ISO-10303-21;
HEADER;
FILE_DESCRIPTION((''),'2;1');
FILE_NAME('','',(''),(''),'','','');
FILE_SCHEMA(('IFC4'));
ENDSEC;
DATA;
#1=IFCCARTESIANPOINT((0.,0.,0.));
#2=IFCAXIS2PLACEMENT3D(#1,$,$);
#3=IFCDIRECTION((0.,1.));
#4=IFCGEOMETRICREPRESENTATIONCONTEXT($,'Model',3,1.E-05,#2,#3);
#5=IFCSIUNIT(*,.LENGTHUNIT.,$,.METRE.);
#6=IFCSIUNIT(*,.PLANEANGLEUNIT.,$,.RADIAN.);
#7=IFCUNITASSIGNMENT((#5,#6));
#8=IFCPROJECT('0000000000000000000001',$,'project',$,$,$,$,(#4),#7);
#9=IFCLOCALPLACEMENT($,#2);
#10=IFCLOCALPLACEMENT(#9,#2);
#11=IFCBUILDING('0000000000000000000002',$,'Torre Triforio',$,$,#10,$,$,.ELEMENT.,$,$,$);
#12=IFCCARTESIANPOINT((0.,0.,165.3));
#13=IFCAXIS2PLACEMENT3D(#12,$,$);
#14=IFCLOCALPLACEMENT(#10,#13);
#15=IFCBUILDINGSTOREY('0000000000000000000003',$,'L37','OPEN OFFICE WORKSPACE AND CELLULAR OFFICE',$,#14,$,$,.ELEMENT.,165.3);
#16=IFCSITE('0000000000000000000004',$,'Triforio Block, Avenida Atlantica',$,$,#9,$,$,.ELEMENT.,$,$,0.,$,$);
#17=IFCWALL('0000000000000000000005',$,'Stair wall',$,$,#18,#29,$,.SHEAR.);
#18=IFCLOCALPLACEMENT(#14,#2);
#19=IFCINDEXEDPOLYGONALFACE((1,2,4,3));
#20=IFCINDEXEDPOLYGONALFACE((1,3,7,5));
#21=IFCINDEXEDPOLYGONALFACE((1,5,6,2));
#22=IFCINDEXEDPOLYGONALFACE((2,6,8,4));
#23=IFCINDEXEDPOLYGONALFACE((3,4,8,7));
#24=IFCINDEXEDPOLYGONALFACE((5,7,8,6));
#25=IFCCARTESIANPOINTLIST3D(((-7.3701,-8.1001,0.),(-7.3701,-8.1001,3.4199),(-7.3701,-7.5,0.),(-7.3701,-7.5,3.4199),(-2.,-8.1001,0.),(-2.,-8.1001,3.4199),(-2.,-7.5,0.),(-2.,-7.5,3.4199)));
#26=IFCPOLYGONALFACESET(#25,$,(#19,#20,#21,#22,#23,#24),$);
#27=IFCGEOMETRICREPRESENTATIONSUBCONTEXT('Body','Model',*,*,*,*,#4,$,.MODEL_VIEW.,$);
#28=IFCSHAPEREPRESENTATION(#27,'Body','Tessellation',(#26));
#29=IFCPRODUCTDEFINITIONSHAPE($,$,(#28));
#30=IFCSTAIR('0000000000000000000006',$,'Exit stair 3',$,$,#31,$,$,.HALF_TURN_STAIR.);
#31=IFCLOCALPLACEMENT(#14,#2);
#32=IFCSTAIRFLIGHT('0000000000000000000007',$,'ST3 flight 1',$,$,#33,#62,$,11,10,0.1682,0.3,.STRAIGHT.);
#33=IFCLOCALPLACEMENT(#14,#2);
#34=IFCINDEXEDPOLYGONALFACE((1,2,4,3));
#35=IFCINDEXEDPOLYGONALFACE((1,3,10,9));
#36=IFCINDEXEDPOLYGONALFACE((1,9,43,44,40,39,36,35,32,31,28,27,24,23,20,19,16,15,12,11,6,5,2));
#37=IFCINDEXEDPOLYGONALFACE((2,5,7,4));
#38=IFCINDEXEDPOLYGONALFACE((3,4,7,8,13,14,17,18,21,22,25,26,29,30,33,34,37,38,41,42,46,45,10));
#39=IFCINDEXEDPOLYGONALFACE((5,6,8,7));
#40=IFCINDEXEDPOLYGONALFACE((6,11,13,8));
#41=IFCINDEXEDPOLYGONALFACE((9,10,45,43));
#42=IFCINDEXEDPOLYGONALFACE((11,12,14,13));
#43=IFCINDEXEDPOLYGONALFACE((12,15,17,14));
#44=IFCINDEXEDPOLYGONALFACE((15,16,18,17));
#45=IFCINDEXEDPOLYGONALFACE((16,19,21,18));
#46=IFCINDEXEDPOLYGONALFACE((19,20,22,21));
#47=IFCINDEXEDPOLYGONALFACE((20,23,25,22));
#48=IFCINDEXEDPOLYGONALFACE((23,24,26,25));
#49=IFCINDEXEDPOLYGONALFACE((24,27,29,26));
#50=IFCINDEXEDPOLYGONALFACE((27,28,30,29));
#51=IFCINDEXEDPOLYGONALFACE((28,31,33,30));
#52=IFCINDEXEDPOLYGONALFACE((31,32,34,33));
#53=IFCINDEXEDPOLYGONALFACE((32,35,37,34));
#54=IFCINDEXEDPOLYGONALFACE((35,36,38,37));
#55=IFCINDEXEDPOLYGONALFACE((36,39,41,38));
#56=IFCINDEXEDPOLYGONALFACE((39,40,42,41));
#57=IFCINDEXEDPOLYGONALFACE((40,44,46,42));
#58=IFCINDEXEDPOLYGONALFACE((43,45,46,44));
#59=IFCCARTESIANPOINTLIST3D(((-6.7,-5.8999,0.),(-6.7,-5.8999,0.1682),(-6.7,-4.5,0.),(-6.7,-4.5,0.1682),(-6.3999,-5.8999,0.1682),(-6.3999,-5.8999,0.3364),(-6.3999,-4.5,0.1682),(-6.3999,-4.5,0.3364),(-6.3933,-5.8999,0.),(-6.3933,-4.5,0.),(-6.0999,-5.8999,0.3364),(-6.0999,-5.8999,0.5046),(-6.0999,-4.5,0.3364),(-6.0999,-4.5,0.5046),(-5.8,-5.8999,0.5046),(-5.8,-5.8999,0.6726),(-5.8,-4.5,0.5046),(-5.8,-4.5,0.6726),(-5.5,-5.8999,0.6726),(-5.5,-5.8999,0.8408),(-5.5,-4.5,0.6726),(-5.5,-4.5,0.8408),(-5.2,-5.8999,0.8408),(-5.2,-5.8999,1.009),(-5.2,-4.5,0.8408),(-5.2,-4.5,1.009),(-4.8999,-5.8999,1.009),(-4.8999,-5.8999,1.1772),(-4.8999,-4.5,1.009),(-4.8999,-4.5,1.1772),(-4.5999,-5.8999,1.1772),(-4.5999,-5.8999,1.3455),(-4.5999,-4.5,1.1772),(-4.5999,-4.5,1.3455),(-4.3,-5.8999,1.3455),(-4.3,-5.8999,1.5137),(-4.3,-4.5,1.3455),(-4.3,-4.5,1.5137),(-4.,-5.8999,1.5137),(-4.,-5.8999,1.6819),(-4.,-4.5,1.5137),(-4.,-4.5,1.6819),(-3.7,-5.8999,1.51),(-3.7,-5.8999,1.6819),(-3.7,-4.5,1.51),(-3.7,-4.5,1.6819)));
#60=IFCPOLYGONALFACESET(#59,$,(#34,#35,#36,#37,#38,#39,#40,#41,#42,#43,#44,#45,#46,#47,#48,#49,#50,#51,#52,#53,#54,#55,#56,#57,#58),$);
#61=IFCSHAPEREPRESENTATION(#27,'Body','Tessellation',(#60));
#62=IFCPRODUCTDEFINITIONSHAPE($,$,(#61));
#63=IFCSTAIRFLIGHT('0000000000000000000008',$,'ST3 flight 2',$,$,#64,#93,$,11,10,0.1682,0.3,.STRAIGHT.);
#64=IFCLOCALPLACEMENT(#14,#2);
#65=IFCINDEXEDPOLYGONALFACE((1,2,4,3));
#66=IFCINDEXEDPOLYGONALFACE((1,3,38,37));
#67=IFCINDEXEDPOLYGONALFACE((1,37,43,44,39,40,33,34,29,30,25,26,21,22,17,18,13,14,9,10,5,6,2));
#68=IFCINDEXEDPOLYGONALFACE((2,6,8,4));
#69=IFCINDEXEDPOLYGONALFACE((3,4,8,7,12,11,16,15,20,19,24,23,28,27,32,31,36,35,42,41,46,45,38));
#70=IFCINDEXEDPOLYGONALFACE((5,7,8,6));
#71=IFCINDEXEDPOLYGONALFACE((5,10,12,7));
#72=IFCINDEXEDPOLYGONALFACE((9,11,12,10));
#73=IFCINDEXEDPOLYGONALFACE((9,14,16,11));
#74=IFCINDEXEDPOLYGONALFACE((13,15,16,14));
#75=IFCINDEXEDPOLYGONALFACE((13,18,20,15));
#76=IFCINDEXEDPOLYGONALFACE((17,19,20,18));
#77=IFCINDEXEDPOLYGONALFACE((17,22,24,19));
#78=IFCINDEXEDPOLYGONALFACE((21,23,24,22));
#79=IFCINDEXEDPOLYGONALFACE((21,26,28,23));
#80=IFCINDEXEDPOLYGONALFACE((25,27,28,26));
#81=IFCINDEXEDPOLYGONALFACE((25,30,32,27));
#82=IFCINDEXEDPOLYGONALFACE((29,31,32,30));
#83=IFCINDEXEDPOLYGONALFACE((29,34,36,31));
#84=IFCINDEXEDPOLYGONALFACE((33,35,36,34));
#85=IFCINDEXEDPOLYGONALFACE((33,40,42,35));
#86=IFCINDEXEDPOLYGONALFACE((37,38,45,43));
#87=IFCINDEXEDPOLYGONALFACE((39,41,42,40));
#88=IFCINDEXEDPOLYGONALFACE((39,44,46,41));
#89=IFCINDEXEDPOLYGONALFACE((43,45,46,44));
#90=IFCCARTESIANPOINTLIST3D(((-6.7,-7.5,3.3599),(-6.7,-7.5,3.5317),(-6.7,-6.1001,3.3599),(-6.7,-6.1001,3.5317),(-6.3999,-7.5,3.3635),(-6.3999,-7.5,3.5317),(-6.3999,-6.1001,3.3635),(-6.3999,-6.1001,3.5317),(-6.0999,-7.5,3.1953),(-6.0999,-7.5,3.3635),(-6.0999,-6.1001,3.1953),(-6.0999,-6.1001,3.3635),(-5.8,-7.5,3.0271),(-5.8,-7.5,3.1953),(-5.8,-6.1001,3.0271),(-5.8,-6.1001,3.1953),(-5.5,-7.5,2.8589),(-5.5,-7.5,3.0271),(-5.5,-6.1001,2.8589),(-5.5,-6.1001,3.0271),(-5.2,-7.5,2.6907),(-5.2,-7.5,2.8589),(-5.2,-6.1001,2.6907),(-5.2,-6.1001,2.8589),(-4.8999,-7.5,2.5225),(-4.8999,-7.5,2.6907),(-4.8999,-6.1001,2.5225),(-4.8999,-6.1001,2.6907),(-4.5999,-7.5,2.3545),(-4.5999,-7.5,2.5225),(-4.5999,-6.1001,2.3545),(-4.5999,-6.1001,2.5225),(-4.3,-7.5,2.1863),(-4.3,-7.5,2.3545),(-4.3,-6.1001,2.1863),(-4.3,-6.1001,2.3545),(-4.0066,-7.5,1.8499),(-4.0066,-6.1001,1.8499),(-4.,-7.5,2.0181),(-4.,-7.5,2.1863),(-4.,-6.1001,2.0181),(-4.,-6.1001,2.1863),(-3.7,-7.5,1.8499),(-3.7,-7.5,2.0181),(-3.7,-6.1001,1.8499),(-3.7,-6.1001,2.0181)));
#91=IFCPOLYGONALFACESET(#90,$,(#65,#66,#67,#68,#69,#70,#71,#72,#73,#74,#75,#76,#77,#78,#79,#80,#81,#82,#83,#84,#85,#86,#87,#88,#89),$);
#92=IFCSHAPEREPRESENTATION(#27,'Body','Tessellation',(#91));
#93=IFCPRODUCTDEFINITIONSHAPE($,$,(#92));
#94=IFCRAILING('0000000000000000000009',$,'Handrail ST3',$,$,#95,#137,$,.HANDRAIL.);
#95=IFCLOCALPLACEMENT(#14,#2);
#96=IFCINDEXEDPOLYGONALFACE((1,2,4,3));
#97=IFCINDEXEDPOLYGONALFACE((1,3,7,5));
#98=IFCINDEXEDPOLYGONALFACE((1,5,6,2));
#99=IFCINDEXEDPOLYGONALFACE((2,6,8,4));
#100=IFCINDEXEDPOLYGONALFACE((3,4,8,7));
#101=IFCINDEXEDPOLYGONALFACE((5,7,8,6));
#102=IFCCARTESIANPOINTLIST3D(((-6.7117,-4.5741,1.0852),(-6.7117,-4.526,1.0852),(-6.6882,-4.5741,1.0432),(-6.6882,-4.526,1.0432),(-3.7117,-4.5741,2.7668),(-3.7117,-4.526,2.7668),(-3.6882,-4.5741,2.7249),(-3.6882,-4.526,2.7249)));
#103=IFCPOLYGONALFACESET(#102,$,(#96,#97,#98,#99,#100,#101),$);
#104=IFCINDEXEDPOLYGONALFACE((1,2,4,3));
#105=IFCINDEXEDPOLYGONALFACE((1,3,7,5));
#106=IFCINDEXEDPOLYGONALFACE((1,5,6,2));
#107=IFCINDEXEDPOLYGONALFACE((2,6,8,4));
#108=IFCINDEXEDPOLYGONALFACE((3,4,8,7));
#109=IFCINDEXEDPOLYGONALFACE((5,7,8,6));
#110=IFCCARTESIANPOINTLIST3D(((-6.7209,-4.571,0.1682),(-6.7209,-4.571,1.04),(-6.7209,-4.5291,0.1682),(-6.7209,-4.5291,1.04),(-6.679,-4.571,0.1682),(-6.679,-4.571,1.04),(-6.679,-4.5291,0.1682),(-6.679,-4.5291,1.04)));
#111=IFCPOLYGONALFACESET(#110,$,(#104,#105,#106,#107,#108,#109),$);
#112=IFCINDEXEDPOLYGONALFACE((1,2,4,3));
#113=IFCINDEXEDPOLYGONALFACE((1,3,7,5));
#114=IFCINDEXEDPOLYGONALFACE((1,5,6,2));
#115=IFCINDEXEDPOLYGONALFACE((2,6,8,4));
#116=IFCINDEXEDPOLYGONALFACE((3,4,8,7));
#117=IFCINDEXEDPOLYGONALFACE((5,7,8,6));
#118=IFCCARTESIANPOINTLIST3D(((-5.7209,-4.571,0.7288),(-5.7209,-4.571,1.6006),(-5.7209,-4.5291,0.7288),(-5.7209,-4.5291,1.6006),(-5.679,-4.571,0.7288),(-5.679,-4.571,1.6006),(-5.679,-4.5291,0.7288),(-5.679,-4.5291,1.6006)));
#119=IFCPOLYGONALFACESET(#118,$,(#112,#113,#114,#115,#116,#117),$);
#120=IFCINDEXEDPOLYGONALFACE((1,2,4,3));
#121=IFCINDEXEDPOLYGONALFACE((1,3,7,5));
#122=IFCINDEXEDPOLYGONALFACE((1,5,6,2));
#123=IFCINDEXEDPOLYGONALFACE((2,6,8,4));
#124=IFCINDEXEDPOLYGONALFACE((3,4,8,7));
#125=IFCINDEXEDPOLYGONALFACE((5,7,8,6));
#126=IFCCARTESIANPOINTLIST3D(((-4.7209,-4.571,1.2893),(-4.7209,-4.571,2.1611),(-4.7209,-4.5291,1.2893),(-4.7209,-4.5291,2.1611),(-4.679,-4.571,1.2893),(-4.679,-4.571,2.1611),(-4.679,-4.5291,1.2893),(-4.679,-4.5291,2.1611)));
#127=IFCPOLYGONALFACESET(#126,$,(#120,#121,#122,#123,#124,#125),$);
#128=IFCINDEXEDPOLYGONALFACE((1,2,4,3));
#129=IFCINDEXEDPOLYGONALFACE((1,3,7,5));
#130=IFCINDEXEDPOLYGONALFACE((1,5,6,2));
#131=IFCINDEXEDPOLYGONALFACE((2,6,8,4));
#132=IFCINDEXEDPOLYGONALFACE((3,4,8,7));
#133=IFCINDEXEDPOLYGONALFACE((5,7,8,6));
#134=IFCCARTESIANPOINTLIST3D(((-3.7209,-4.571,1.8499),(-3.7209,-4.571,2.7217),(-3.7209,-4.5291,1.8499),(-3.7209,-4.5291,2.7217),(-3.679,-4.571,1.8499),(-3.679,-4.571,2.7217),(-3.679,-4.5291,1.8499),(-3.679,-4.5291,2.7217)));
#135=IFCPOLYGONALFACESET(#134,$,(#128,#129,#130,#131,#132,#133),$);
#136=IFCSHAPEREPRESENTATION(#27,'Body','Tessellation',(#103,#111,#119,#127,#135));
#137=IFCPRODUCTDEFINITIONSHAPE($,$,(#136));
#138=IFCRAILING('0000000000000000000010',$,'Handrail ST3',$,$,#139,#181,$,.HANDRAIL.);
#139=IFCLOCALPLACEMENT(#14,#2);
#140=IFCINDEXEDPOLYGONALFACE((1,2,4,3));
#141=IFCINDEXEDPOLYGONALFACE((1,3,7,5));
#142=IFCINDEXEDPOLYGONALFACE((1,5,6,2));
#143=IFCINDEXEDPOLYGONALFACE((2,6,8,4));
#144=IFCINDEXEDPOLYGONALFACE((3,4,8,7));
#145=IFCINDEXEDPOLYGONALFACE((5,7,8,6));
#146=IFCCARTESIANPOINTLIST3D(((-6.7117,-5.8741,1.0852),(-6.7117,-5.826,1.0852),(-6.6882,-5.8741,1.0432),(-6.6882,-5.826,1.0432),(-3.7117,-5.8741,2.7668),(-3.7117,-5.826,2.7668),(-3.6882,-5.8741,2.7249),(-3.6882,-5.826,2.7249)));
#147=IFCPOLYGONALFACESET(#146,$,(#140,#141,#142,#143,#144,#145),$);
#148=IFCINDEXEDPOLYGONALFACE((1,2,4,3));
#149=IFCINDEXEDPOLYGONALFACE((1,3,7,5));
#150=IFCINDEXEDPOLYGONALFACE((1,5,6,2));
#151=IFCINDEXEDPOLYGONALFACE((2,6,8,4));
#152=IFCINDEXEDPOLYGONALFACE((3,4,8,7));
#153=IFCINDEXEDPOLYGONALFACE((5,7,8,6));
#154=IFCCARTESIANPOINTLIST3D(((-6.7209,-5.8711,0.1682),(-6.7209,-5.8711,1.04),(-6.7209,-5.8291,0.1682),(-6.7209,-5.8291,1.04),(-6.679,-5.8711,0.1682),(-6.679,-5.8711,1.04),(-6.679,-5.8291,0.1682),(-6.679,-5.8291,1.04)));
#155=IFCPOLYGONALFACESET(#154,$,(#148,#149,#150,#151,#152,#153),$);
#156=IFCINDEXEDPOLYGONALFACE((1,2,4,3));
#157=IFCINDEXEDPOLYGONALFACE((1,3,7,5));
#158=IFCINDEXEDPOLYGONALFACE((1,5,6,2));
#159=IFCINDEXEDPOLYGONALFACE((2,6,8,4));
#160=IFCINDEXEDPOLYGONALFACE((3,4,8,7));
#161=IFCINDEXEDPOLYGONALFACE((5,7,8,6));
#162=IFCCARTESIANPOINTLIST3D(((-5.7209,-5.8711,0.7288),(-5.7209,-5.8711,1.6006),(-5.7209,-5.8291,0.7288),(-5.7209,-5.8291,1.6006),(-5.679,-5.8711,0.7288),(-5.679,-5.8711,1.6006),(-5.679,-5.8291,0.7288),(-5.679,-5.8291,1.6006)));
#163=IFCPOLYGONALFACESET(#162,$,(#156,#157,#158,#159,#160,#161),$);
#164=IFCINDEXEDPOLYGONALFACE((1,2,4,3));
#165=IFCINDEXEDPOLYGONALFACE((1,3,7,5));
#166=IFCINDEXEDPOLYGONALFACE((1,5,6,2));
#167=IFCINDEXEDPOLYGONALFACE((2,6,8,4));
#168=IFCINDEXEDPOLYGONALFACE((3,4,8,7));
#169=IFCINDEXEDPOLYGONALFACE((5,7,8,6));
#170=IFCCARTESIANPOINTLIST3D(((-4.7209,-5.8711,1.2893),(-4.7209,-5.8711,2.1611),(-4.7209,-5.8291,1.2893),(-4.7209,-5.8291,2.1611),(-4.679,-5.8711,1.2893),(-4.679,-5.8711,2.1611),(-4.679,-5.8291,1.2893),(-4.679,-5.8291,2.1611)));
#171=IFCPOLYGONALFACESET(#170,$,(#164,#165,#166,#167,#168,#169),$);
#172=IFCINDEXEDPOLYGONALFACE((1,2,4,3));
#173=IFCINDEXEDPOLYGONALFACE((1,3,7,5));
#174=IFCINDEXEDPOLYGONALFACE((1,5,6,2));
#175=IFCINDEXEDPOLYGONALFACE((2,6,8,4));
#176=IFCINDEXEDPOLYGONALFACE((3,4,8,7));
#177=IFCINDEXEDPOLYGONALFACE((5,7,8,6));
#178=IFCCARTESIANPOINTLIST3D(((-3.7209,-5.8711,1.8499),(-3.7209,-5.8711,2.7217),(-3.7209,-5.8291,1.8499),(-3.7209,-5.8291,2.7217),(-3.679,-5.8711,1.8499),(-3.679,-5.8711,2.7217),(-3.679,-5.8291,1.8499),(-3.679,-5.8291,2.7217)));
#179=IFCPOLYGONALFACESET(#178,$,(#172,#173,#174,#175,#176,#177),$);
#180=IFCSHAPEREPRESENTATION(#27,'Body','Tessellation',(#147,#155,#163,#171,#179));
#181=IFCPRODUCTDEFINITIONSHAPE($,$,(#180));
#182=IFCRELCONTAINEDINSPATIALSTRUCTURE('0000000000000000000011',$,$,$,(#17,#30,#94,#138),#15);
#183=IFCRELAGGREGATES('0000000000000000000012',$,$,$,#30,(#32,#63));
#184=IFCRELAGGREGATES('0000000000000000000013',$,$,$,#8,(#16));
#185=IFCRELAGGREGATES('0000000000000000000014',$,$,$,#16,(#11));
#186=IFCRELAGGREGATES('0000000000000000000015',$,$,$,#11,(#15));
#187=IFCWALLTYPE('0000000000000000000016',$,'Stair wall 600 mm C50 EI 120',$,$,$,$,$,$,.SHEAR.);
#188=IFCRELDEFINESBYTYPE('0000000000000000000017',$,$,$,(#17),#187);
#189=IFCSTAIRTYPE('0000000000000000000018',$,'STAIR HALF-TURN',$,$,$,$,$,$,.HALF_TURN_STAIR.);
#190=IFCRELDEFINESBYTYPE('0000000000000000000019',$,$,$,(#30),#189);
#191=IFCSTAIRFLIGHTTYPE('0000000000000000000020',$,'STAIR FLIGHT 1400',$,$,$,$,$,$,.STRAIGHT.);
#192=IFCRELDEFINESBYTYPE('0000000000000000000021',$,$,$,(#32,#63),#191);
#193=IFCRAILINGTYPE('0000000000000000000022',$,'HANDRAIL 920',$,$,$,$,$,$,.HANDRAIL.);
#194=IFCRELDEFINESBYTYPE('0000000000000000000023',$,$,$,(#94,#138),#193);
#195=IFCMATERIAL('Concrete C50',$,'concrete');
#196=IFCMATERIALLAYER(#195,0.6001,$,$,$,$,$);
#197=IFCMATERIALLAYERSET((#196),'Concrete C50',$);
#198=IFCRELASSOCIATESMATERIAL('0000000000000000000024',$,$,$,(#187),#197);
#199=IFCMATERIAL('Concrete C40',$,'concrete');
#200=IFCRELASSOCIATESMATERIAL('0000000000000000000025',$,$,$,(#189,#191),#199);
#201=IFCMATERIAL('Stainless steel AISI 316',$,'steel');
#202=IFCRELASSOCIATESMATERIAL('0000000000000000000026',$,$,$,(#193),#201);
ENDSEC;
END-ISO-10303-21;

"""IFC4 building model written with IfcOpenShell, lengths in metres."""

from ifc_helpers import new_model, si_unit, direction, frame, frame_2d, origin, origin_2d, place, context, subcontext, project, spatial, polyline, rectangle, outline, extrude, material, layer, layer_set, type_object, element, aggregate, save


model = new_model("IFC4")

# Units and contexts
model_context = context("Model", 3, precision=1e-05, world=origin(), true_north=direction((0.0, 1.0)))
body_context = subcontext(model_context, "Body", "Model", "MODEL_VIEW")
ifc_project = project(units=[si_unit("LENGTHUNIT", "METRE"), si_unit("PLANEANGLEUNIT", "RADIAN")], contexts=[model_context])

# Site, building, storey
site_placement = place(None, origin())
site = spatial("IfcSite", under=ifc_project, at=site_placement, Name="Triforio Block, Avenida Atlantica", CompositionType="ELEMENT", RefElevation=0.0)
building_placement = place(site_placement, origin())
building = spatial("IfcBuilding", under=site, at=building_placement, Name="Torre Triforio", CompositionType="ELEMENT")
storey_placement = place(building_placement, frame((0.0, 0.0, 165.3)))
storey = spatial("IfcBuildingStorey", under=building, at=storey_placement, Name="L37", Description="OPEN OFFICE WORKSPACE AND CELLULAR OFFICE", CompositionType="ELEMENT", Elevation=165.3)

# Shared definitions
ifc_material_1 = material(Name="Concrete C40", Category="concrete")

# Shared definitions
ifc_material_2 = material(Name="Concrete C50", Category="concrete")

# Wall
ifc_layer_1 = layer(ifc_material_2, 0.6001)
ifc_layer_set_1 = layer_set([ifc_layer_1], Name="Concrete C50")
wall_type_1 = type_object("IfcWallType", Name="Stair wall 600 mm C50 EI 120", PredefinedType="SHEAR", material=ifc_layer_set_1)
wall_1_placement = place(storey_placement, frame((-7.3701, -7.8, 0.0), z_axis=(0.0, 0.0, 1.0), x_axis=(1.0, 0.0, 0.0)))
element("IfcWall", 1, at=wall_1_placement, inside=storey, type_object=wall_type_1, Name="Stair wall", PredefinedType="SHEAR", context=body_context, shape_type="SweptSolid", body=[
    extrude(rectangle(XDim=5.3701, YDim=0.6001, at=frame_2d((2.6851, 0.0))), origin(), (0.0, 0.0, 1.0), 3.4199),
])

# Stair, stair flights
stair_type = type_object("IfcStairType", Name="STAIR HALF-TURN", PredefinedType="HALF_TURN_STAIR", material=ifc_material_1)
stair_placement = place(storey_placement, origin())
stair = element("IfcStair", 2, at=stair_placement, inside=storey, type_object=stair_type, Name="Exit stair 3", PredefinedType="HALF_TURN_STAIR")
stair_flight_type = type_object("IfcStairFlightType", Name="STAIR FLIGHT 1400", PredefinedType="STRAIGHT", material=ifc_material_1)
stair_flight_1_placement = place(storey_placement, frame((-6.7, -5.2, 0.0), z_axis=(0.0, 0.0, 1.0), x_axis=(1.0, 0.0, 0.0)))
stair_flight_1 = element("IfcStairFlight", 3, at=stair_flight_1_placement, type_object=stair_flight_type, Name="ST3 flight 1", NumberOfRisers=11, NumberOfTreads=10, PredefinedType="STRAIGHT", RiserHeight=0.1682, TreadLength=0.3, context=body_context, shape_type="SweptSolid", body=[
    extrude(outline(polyline([(0.0, 0.0), (0.0, 0.1682), (0.3, 0.1682), (0.3, 0.3364), (0.6001, 0.3364), (0.6001, 0.5046), (0.8999, 0.5046), (0.8999, 0.6726), (1.2, 0.6726), (1.2, 0.8408), (1.5, 0.8408), (1.5, 1.009), (1.8, 1.009), (1.8, 1.1772), (2.1001, 1.1772), (2.1001, 1.3455), (2.3999, 1.3455), (2.3999, 1.5137), (2.7, 1.5137), (2.7, 1.6819), (3.0, 1.6819), (3.0, 1.8501), (3.0, 1.51), (0.3066, 0.0), (0.0, 0.0)])), frame((0.0, 0.7, 0.0), z_axis=(0.0, -1.0, 0.0), x_axis=(1.0, 0.0, 0.0)), (0.0, 0.0, 1.0), 1.3999),
])
stair_flight_2_placement = place(storey_placement, frame((-3.7, -6.8, 1.8499), z_axis=(0.0, 0.0, 1.0), x_axis=(-1.0, 0.0, 0.0)))
stair_flight_2 = element("IfcStairFlight", 4, at=stair_flight_2_placement, type_object=stair_flight_type, Name="ST3 flight 2", NumberOfRisers=11, NumberOfTreads=10, PredefinedType="STRAIGHT", RiserHeight=0.1682, TreadLength=0.3, context=body_context, shape_type="SweptSolid", body=[
    extrude(outline(polyline([(0.0, 0.0), (0.0, 0.1682), (0.3, 0.1682), (0.3, 0.3364), (0.6001, 0.3364), (0.6001, 0.5046), (0.8999, 0.5046), (0.8999, 0.6726), (1.2, 0.6726), (1.2, 0.8408), (1.5, 0.8408), (1.5, 1.009), (1.8, 1.009), (1.8, 1.1772), (2.1001, 1.1772), (2.1001, 1.3455), (2.3999, 1.3455), (2.3999, 1.5137), (2.7, 1.5137), (2.7, 1.6819), (3.0, 1.6819), (3.0, 1.8501), (3.0, 1.51), (0.3066, 0.0), (0.0, 0.0)])), frame((0.0, 0.7, 0.0), z_axis=(0.0, -1.0, 0.0), x_axis=(1.0, 0.0, 0.0)), (0.0, 0.0, 1.0), 1.3999),
])
aggregate(stair, [stair_flight_1, stair_flight_2])

# Railings
ifc_material_3 = material(Name="Stainless steel AISI 316", Category="steel")
railing_type = type_object("IfcRailingType", Name="HANDRAIL 920", PredefinedType="HANDRAIL", material=ifc_material_3)
for number, where, name in (
    (5, (-6.7, -4.55, 0.1682), "Handrail ST3"),
    (6, (-6.7, -5.8501, 0.1682), "Handrail ST3"),
):
    element("IfcRailing", number, at=place(storey_placement, frame(where)), inside=storey, type_object=railing_type, Name=name, PredefinedType="HANDRAIL", context=body_context, shape_type="SweptSolid", body=[
        extrude(rectangle(XDim=0.0481, YDim=0.0481, at=origin_2d()), frame((0.0, 0.0, 0.896), z_axis=(0.872303, 0.0, 0.488966), x_axis=(0.0, 1.0, 0.0)), (0.0, 0.0, 1.0), 3.4392),
        extrude(rectangle(XDim=0.042, YDim=0.042, at=origin_2d()), origin(), (0.0, 0.0, 1.0), 0.8718),
        extrude(rectangle(XDim=0.042, YDim=0.042, at=origin_2d()), frame((1.0, 0.0, 0.5605)), (0.0, 0.0, 1.0), 0.8718),
        extrude(rectangle(XDim=0.042, YDim=0.042, at=origin_2d()), frame((2.0, 0.0, 1.1211)), (0.0, 0.0, 1.0), 0.8718),
        extrude(rectangle(XDim=0.042, YDim=0.042, at=origin_2d()), frame((3.0, 0.0, 1.6816)), (0.0, 0.0, 1.0), 0.8718),
    ])

save(model, "model.ifc")
